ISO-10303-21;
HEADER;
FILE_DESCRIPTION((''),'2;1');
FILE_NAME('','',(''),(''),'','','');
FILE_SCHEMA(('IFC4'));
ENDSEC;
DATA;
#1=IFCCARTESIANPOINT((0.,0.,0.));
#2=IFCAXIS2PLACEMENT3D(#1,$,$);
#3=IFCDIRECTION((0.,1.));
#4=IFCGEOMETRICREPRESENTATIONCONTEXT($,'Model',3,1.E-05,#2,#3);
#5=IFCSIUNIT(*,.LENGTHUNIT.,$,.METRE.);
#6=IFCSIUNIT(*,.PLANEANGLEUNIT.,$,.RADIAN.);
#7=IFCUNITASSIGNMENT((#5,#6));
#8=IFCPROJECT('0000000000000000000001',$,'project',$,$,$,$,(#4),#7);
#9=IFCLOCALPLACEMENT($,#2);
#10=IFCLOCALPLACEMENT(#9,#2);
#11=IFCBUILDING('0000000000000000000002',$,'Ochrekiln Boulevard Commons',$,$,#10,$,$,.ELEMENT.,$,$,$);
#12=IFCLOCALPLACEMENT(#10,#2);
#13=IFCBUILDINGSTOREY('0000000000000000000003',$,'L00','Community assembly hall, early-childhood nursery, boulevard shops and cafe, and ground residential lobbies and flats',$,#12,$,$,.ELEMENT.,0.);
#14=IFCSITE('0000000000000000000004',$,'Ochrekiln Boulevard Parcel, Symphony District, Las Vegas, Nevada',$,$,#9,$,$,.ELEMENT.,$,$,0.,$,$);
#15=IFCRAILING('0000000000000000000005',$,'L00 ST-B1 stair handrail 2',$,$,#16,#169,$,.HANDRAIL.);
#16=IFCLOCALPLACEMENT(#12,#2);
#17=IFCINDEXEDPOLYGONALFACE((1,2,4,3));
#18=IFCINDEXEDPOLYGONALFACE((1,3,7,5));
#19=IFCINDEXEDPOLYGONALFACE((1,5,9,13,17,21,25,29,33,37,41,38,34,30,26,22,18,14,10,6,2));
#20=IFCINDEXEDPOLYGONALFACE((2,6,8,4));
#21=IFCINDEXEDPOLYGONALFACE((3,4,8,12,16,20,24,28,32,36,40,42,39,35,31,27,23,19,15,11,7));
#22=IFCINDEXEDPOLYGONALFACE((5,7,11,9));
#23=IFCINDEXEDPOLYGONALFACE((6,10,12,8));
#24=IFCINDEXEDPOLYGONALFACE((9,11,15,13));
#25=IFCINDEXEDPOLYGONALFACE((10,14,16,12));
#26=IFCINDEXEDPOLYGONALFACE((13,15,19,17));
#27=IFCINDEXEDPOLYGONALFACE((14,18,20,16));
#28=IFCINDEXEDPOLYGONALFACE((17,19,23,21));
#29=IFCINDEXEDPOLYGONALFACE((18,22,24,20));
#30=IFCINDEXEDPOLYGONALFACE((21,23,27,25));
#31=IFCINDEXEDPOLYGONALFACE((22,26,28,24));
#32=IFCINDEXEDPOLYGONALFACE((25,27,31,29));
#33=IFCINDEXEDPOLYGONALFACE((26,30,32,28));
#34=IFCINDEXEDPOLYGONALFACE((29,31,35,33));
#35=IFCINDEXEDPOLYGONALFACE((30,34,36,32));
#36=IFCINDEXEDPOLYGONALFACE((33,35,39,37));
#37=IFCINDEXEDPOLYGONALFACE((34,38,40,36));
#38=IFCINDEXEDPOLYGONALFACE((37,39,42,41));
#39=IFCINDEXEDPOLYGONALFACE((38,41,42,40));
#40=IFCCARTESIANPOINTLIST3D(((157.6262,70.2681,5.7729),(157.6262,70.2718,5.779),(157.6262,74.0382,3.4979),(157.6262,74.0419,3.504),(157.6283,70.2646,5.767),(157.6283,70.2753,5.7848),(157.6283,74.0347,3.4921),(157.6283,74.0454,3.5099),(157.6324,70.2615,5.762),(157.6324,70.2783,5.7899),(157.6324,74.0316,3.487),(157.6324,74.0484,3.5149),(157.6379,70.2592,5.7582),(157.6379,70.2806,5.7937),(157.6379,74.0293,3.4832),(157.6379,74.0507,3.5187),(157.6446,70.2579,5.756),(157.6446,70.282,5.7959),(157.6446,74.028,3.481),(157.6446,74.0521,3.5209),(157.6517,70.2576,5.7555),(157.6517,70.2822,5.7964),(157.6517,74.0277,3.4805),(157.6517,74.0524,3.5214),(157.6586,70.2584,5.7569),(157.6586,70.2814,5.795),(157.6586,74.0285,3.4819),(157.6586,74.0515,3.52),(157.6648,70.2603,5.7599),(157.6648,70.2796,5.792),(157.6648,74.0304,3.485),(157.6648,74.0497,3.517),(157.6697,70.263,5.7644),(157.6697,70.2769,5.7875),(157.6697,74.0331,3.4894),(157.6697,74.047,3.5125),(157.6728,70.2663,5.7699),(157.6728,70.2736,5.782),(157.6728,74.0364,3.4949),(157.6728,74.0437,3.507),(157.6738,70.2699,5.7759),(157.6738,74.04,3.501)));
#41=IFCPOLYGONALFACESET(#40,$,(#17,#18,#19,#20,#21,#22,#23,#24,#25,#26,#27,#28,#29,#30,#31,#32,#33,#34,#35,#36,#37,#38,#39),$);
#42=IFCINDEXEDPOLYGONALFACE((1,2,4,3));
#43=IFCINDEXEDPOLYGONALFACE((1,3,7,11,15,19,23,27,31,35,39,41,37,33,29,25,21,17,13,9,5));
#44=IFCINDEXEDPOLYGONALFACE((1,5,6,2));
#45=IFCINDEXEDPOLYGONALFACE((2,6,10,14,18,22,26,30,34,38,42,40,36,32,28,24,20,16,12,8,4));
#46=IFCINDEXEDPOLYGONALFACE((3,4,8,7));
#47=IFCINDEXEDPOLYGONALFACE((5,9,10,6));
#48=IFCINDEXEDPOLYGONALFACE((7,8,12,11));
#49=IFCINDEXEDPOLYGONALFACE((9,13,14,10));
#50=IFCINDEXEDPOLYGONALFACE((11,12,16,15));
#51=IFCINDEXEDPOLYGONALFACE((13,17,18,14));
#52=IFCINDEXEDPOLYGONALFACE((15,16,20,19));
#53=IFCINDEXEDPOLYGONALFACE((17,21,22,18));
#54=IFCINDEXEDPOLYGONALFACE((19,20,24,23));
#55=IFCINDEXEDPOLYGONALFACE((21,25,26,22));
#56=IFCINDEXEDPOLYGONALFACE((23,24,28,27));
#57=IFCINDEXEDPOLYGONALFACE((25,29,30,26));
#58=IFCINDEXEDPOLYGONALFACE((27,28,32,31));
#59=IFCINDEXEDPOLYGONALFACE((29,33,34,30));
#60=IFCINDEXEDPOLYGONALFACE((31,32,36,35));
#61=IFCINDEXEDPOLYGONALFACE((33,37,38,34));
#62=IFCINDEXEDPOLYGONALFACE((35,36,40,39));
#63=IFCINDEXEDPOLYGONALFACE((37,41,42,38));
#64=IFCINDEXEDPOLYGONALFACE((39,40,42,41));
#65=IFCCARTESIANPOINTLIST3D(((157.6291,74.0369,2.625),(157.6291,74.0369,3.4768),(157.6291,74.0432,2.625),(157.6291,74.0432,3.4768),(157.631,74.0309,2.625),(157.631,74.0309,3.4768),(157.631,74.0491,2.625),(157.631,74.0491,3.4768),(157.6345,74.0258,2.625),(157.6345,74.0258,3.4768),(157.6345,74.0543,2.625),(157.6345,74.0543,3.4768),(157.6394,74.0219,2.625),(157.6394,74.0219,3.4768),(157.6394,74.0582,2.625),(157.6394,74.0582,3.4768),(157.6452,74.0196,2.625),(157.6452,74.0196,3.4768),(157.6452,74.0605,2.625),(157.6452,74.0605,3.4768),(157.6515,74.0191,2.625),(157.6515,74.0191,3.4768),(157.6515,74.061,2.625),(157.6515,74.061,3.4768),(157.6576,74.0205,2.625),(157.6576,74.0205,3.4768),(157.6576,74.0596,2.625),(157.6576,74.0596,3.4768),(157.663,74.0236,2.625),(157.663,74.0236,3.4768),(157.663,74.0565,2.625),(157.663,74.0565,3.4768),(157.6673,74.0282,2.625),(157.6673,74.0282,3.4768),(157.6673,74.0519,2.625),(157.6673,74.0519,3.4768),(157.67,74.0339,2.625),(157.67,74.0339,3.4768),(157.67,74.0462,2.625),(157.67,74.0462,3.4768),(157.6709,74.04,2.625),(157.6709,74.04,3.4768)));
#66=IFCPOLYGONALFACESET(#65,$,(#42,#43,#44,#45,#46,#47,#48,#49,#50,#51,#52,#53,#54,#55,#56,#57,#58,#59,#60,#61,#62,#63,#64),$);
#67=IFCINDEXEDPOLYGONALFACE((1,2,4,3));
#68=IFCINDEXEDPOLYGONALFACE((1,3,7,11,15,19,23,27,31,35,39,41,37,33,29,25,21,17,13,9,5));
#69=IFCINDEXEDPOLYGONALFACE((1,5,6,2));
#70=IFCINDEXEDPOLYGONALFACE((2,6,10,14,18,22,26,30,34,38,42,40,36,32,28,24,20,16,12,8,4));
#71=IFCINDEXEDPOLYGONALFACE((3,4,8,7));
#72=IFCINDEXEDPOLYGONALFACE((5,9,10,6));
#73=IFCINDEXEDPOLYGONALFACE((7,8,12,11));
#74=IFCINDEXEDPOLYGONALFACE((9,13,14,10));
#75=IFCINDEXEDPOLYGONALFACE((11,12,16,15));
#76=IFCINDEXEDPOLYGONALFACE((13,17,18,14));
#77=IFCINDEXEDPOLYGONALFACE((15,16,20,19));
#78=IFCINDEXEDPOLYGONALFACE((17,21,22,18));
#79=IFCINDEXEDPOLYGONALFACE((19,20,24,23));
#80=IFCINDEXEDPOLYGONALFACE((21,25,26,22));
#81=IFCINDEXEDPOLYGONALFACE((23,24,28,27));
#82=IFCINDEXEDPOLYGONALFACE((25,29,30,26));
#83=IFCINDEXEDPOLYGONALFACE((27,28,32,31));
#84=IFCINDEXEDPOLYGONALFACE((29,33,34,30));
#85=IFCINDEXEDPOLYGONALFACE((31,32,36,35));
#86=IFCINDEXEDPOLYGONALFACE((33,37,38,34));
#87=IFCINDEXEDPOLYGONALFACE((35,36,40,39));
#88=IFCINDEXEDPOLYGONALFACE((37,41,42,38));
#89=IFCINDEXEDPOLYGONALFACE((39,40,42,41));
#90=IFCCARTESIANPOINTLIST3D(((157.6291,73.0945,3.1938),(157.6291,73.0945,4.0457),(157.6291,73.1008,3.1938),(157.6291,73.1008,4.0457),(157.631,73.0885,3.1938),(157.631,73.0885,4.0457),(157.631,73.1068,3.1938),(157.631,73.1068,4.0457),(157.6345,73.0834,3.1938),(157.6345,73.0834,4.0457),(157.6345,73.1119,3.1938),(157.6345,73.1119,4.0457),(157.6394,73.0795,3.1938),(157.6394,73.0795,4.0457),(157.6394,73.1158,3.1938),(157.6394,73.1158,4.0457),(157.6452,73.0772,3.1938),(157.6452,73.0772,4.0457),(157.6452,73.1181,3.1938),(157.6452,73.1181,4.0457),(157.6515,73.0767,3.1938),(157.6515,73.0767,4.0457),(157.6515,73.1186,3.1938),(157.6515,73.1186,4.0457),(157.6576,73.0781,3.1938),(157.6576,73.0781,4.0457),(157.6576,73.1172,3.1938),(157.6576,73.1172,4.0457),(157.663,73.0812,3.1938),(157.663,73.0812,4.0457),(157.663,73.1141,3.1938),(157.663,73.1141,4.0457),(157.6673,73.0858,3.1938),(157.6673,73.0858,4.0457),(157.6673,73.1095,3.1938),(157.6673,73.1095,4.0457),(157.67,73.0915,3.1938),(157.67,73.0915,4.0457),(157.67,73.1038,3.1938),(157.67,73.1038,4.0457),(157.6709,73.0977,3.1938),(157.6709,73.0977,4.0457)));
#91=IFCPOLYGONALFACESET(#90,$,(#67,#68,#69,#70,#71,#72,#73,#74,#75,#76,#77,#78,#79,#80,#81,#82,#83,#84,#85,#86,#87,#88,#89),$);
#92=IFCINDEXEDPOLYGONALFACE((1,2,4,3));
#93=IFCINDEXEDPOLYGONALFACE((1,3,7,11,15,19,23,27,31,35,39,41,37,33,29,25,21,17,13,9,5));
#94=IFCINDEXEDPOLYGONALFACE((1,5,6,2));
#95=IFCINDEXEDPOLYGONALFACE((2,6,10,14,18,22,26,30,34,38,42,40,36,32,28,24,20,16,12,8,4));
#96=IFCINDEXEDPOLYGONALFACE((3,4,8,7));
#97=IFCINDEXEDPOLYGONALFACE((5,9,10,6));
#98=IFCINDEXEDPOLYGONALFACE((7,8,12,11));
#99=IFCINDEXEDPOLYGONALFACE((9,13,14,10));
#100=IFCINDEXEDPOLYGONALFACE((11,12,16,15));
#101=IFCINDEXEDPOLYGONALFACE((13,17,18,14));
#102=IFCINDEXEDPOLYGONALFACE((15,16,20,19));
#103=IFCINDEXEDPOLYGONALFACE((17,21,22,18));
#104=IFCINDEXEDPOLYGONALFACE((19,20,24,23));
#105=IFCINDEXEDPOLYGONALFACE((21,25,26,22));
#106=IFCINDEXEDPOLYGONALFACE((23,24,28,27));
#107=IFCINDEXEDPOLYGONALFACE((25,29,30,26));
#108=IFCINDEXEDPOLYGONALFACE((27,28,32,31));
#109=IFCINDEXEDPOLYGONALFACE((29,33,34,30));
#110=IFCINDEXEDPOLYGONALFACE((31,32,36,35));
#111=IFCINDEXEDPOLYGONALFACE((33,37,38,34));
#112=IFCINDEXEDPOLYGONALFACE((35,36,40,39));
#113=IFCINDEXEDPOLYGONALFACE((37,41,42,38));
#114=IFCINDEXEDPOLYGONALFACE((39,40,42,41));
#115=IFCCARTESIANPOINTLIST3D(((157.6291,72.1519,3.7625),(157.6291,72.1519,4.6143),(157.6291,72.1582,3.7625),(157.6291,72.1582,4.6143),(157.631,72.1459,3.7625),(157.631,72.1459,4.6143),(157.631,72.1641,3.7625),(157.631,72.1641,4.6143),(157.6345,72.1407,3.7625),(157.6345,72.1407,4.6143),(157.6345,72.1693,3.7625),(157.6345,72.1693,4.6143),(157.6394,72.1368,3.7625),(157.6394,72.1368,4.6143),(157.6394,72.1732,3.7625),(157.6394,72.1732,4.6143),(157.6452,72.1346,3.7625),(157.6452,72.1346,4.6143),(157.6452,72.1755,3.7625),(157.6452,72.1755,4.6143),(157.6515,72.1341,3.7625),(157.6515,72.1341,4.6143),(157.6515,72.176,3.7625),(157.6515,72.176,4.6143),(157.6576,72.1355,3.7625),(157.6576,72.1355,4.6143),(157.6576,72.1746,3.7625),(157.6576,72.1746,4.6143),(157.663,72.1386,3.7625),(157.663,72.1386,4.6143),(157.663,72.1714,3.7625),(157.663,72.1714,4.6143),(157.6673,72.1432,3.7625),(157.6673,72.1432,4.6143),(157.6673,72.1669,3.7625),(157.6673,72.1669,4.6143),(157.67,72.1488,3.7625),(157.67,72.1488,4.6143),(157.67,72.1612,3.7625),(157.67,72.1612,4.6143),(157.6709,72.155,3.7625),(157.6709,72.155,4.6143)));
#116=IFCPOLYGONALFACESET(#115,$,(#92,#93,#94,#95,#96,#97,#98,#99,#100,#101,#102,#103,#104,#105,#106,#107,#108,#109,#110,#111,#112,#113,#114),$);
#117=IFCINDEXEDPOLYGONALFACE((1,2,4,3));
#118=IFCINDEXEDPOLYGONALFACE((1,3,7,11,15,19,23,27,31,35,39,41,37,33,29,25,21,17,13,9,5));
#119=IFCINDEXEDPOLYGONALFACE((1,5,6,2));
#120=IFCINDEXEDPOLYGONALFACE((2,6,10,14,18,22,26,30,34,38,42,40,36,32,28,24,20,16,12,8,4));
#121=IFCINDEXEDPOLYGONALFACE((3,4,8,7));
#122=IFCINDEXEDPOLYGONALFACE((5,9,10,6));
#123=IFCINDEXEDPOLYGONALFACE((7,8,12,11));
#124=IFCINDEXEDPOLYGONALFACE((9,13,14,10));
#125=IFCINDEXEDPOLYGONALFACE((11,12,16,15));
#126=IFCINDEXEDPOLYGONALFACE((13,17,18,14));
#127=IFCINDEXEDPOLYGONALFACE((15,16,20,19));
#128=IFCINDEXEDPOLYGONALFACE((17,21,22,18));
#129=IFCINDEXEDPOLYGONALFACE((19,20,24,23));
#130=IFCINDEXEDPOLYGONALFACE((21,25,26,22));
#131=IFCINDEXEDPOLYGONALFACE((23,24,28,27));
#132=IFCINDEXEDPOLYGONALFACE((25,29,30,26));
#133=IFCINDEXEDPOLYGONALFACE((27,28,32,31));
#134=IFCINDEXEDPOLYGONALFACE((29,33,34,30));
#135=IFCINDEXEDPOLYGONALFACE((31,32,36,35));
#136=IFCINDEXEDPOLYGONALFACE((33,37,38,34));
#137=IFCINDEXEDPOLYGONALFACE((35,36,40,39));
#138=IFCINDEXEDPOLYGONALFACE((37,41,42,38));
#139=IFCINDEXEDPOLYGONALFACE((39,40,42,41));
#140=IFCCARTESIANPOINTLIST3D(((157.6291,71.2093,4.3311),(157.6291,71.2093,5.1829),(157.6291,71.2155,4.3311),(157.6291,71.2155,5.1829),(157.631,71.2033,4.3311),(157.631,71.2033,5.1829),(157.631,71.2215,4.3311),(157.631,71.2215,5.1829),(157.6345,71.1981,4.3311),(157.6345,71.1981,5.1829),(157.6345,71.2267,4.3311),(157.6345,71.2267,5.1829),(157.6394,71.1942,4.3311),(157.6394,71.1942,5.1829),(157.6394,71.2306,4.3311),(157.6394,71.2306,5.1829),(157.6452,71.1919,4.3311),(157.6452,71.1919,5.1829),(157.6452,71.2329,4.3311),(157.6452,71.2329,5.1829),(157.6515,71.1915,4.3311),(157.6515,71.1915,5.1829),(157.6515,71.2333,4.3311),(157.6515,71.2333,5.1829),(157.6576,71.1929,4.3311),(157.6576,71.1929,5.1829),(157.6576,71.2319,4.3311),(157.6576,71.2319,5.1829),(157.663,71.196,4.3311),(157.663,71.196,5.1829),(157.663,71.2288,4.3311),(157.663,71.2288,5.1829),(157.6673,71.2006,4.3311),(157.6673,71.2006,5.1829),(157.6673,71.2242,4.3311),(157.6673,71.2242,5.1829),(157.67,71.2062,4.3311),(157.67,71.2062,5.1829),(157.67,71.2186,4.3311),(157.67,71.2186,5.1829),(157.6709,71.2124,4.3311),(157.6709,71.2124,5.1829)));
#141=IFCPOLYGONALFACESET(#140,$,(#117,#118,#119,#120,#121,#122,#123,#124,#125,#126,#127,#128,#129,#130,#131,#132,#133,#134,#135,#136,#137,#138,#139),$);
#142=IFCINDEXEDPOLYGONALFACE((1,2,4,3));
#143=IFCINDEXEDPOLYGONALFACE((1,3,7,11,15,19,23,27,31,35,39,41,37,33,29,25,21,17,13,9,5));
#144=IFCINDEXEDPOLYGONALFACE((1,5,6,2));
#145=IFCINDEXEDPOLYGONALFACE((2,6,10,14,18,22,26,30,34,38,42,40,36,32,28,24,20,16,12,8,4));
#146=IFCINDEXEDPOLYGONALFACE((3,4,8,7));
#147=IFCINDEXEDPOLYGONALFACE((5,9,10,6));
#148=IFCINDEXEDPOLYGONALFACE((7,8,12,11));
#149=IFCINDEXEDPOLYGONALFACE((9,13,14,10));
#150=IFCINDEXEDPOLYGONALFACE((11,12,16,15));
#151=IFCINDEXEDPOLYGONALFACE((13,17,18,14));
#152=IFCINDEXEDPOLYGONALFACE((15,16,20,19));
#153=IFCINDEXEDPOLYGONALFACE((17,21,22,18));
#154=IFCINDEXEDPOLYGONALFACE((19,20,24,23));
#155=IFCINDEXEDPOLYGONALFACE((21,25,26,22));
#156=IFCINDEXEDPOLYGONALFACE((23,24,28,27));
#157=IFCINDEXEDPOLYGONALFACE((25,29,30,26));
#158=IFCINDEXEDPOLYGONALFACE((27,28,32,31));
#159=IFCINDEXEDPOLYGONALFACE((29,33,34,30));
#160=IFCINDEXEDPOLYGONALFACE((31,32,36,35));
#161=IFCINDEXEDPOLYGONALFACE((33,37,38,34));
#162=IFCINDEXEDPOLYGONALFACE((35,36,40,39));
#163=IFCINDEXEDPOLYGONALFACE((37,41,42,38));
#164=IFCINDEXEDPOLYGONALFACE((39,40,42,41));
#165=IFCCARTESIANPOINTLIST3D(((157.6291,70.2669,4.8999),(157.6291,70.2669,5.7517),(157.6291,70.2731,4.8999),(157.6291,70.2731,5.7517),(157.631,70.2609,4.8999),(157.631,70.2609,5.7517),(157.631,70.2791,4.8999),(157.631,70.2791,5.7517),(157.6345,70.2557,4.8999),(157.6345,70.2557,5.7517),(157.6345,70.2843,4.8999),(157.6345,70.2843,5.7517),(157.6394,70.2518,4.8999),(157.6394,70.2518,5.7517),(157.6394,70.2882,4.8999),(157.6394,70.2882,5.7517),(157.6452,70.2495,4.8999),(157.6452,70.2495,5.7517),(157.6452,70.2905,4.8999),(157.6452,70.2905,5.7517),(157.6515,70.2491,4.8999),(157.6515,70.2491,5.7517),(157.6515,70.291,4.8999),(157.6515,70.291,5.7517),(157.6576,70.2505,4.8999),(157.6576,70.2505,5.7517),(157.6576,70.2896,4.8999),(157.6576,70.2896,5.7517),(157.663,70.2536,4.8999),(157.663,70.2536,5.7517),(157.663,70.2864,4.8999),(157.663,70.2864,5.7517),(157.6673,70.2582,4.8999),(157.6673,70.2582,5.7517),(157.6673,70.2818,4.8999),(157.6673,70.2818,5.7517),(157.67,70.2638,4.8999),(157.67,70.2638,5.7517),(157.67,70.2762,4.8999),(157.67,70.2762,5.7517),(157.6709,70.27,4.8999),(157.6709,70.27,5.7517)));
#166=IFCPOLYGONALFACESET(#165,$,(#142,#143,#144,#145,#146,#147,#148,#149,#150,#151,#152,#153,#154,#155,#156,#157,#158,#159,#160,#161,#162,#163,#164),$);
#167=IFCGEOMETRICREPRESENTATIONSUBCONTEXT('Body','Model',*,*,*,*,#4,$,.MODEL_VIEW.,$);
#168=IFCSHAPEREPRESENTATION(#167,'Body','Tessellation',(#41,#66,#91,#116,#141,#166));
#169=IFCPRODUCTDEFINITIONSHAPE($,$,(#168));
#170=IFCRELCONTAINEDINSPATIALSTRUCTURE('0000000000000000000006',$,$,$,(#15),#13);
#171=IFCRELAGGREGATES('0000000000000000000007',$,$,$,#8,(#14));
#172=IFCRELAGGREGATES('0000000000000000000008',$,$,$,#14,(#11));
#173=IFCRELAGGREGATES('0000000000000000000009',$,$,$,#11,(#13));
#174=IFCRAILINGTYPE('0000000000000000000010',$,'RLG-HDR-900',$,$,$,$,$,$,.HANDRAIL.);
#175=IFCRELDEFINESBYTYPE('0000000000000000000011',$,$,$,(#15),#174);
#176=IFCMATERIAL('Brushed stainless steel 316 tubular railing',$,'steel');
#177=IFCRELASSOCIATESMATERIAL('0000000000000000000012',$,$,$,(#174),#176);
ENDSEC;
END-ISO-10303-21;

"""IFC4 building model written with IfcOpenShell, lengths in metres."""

from ifc_helpers import new_model, si_unit, direction, frame, origin, origin_2d, place, context, subcontext, project, spatial, circle, extrude, material, type_object, element, save


model = new_model("IFC4")

# Units and contexts
model_context = context("Model", 3, precision=1e-05, world=origin(), true_north=direction((0.0, 1.0)))
body_context = subcontext(model_context, "Body", "Model", "MODEL_VIEW")
ifc_project = project(units=[si_unit("LENGTHUNIT", "METRE"), si_unit("PLANEANGLEUNIT", "RADIAN")], contexts=[model_context])

# Site, building, storey
site_placement = place(None, origin())
site = spatial("IfcSite", under=ifc_project, at=site_placement, Name="Ochrekiln Boulevard Parcel, Symphony District, Las Vegas, Nevada", CompositionType="ELEMENT", RefElevation=0.0)
building_placement = place(site_placement, origin())
building = spatial("IfcBuilding", under=site, at=building_placement, Name="Ochrekiln Boulevard Commons", CompositionType="ELEMENT")
storey_placement = place(building_placement, origin())
storey = spatial("IfcBuildingStorey", under=building, at=storey_placement, Name="L00", Description="Community assembly hall, early-childhood nursery, boulevard shops and cafe, and ground residential lobbies and flats", CompositionType="ELEMENT", Elevation=0.0)

# Railing
ifc_material_1 = material(Name="Brushed stainless steel 316 tubular railing", Category="steel")
railing_type_1 = type_object("IfcRailingType", Name="RLG-HDR-900", PredefinedType="HANDRAIL", material=ifc_material_1)
railing_1_placement = place(storey_placement, frame((157.6499, 74.04, 2.625)))
element("IfcRailing", 1, at=railing_1_placement, inside=storey, type_object=railing_type_1, Name="L00 ST-B1 stair handrail 2", PredefinedType="HANDRAIL", context=body_context, shape_type="SweptSolid", body=[
    extrude(circle(Radius=0.0239, at=origin_2d()), frame((0.0, 0.0, 0.876), z_axis=(0.0, -0.856199, 0.516647), x_axis=(1.0, 0.0, 0.0)), (0.0, 0.0, 1.0), 4.4033),
    extrude(circle(Radius=0.021, at=origin_2d()), origin(), (0.0, 0.0, 1.0), 0.8518),
    extrude(circle(Radius=0.021, at=origin_2d()), frame((0.0, -0.9424, 0.5688)), (0.0, 0.0, 1.0), 0.8518),
    extrude(circle(Radius=0.021, at=origin_2d()), frame((0.0, -1.885, 1.1375)), (0.0, 0.0, 1.0), 0.8518),
    extrude(circle(Radius=0.021, at=origin_2d()), frame((0.0, -2.8276, 1.7061)), (0.0, 0.0, 1.0), 0.8518),
    extrude(circle(Radius=0.021, at=origin_2d()), frame((0.0, -3.77, 2.2749)), (0.0, 0.0, 1.0), 0.8518),
])

save(model, "model.ifc")
